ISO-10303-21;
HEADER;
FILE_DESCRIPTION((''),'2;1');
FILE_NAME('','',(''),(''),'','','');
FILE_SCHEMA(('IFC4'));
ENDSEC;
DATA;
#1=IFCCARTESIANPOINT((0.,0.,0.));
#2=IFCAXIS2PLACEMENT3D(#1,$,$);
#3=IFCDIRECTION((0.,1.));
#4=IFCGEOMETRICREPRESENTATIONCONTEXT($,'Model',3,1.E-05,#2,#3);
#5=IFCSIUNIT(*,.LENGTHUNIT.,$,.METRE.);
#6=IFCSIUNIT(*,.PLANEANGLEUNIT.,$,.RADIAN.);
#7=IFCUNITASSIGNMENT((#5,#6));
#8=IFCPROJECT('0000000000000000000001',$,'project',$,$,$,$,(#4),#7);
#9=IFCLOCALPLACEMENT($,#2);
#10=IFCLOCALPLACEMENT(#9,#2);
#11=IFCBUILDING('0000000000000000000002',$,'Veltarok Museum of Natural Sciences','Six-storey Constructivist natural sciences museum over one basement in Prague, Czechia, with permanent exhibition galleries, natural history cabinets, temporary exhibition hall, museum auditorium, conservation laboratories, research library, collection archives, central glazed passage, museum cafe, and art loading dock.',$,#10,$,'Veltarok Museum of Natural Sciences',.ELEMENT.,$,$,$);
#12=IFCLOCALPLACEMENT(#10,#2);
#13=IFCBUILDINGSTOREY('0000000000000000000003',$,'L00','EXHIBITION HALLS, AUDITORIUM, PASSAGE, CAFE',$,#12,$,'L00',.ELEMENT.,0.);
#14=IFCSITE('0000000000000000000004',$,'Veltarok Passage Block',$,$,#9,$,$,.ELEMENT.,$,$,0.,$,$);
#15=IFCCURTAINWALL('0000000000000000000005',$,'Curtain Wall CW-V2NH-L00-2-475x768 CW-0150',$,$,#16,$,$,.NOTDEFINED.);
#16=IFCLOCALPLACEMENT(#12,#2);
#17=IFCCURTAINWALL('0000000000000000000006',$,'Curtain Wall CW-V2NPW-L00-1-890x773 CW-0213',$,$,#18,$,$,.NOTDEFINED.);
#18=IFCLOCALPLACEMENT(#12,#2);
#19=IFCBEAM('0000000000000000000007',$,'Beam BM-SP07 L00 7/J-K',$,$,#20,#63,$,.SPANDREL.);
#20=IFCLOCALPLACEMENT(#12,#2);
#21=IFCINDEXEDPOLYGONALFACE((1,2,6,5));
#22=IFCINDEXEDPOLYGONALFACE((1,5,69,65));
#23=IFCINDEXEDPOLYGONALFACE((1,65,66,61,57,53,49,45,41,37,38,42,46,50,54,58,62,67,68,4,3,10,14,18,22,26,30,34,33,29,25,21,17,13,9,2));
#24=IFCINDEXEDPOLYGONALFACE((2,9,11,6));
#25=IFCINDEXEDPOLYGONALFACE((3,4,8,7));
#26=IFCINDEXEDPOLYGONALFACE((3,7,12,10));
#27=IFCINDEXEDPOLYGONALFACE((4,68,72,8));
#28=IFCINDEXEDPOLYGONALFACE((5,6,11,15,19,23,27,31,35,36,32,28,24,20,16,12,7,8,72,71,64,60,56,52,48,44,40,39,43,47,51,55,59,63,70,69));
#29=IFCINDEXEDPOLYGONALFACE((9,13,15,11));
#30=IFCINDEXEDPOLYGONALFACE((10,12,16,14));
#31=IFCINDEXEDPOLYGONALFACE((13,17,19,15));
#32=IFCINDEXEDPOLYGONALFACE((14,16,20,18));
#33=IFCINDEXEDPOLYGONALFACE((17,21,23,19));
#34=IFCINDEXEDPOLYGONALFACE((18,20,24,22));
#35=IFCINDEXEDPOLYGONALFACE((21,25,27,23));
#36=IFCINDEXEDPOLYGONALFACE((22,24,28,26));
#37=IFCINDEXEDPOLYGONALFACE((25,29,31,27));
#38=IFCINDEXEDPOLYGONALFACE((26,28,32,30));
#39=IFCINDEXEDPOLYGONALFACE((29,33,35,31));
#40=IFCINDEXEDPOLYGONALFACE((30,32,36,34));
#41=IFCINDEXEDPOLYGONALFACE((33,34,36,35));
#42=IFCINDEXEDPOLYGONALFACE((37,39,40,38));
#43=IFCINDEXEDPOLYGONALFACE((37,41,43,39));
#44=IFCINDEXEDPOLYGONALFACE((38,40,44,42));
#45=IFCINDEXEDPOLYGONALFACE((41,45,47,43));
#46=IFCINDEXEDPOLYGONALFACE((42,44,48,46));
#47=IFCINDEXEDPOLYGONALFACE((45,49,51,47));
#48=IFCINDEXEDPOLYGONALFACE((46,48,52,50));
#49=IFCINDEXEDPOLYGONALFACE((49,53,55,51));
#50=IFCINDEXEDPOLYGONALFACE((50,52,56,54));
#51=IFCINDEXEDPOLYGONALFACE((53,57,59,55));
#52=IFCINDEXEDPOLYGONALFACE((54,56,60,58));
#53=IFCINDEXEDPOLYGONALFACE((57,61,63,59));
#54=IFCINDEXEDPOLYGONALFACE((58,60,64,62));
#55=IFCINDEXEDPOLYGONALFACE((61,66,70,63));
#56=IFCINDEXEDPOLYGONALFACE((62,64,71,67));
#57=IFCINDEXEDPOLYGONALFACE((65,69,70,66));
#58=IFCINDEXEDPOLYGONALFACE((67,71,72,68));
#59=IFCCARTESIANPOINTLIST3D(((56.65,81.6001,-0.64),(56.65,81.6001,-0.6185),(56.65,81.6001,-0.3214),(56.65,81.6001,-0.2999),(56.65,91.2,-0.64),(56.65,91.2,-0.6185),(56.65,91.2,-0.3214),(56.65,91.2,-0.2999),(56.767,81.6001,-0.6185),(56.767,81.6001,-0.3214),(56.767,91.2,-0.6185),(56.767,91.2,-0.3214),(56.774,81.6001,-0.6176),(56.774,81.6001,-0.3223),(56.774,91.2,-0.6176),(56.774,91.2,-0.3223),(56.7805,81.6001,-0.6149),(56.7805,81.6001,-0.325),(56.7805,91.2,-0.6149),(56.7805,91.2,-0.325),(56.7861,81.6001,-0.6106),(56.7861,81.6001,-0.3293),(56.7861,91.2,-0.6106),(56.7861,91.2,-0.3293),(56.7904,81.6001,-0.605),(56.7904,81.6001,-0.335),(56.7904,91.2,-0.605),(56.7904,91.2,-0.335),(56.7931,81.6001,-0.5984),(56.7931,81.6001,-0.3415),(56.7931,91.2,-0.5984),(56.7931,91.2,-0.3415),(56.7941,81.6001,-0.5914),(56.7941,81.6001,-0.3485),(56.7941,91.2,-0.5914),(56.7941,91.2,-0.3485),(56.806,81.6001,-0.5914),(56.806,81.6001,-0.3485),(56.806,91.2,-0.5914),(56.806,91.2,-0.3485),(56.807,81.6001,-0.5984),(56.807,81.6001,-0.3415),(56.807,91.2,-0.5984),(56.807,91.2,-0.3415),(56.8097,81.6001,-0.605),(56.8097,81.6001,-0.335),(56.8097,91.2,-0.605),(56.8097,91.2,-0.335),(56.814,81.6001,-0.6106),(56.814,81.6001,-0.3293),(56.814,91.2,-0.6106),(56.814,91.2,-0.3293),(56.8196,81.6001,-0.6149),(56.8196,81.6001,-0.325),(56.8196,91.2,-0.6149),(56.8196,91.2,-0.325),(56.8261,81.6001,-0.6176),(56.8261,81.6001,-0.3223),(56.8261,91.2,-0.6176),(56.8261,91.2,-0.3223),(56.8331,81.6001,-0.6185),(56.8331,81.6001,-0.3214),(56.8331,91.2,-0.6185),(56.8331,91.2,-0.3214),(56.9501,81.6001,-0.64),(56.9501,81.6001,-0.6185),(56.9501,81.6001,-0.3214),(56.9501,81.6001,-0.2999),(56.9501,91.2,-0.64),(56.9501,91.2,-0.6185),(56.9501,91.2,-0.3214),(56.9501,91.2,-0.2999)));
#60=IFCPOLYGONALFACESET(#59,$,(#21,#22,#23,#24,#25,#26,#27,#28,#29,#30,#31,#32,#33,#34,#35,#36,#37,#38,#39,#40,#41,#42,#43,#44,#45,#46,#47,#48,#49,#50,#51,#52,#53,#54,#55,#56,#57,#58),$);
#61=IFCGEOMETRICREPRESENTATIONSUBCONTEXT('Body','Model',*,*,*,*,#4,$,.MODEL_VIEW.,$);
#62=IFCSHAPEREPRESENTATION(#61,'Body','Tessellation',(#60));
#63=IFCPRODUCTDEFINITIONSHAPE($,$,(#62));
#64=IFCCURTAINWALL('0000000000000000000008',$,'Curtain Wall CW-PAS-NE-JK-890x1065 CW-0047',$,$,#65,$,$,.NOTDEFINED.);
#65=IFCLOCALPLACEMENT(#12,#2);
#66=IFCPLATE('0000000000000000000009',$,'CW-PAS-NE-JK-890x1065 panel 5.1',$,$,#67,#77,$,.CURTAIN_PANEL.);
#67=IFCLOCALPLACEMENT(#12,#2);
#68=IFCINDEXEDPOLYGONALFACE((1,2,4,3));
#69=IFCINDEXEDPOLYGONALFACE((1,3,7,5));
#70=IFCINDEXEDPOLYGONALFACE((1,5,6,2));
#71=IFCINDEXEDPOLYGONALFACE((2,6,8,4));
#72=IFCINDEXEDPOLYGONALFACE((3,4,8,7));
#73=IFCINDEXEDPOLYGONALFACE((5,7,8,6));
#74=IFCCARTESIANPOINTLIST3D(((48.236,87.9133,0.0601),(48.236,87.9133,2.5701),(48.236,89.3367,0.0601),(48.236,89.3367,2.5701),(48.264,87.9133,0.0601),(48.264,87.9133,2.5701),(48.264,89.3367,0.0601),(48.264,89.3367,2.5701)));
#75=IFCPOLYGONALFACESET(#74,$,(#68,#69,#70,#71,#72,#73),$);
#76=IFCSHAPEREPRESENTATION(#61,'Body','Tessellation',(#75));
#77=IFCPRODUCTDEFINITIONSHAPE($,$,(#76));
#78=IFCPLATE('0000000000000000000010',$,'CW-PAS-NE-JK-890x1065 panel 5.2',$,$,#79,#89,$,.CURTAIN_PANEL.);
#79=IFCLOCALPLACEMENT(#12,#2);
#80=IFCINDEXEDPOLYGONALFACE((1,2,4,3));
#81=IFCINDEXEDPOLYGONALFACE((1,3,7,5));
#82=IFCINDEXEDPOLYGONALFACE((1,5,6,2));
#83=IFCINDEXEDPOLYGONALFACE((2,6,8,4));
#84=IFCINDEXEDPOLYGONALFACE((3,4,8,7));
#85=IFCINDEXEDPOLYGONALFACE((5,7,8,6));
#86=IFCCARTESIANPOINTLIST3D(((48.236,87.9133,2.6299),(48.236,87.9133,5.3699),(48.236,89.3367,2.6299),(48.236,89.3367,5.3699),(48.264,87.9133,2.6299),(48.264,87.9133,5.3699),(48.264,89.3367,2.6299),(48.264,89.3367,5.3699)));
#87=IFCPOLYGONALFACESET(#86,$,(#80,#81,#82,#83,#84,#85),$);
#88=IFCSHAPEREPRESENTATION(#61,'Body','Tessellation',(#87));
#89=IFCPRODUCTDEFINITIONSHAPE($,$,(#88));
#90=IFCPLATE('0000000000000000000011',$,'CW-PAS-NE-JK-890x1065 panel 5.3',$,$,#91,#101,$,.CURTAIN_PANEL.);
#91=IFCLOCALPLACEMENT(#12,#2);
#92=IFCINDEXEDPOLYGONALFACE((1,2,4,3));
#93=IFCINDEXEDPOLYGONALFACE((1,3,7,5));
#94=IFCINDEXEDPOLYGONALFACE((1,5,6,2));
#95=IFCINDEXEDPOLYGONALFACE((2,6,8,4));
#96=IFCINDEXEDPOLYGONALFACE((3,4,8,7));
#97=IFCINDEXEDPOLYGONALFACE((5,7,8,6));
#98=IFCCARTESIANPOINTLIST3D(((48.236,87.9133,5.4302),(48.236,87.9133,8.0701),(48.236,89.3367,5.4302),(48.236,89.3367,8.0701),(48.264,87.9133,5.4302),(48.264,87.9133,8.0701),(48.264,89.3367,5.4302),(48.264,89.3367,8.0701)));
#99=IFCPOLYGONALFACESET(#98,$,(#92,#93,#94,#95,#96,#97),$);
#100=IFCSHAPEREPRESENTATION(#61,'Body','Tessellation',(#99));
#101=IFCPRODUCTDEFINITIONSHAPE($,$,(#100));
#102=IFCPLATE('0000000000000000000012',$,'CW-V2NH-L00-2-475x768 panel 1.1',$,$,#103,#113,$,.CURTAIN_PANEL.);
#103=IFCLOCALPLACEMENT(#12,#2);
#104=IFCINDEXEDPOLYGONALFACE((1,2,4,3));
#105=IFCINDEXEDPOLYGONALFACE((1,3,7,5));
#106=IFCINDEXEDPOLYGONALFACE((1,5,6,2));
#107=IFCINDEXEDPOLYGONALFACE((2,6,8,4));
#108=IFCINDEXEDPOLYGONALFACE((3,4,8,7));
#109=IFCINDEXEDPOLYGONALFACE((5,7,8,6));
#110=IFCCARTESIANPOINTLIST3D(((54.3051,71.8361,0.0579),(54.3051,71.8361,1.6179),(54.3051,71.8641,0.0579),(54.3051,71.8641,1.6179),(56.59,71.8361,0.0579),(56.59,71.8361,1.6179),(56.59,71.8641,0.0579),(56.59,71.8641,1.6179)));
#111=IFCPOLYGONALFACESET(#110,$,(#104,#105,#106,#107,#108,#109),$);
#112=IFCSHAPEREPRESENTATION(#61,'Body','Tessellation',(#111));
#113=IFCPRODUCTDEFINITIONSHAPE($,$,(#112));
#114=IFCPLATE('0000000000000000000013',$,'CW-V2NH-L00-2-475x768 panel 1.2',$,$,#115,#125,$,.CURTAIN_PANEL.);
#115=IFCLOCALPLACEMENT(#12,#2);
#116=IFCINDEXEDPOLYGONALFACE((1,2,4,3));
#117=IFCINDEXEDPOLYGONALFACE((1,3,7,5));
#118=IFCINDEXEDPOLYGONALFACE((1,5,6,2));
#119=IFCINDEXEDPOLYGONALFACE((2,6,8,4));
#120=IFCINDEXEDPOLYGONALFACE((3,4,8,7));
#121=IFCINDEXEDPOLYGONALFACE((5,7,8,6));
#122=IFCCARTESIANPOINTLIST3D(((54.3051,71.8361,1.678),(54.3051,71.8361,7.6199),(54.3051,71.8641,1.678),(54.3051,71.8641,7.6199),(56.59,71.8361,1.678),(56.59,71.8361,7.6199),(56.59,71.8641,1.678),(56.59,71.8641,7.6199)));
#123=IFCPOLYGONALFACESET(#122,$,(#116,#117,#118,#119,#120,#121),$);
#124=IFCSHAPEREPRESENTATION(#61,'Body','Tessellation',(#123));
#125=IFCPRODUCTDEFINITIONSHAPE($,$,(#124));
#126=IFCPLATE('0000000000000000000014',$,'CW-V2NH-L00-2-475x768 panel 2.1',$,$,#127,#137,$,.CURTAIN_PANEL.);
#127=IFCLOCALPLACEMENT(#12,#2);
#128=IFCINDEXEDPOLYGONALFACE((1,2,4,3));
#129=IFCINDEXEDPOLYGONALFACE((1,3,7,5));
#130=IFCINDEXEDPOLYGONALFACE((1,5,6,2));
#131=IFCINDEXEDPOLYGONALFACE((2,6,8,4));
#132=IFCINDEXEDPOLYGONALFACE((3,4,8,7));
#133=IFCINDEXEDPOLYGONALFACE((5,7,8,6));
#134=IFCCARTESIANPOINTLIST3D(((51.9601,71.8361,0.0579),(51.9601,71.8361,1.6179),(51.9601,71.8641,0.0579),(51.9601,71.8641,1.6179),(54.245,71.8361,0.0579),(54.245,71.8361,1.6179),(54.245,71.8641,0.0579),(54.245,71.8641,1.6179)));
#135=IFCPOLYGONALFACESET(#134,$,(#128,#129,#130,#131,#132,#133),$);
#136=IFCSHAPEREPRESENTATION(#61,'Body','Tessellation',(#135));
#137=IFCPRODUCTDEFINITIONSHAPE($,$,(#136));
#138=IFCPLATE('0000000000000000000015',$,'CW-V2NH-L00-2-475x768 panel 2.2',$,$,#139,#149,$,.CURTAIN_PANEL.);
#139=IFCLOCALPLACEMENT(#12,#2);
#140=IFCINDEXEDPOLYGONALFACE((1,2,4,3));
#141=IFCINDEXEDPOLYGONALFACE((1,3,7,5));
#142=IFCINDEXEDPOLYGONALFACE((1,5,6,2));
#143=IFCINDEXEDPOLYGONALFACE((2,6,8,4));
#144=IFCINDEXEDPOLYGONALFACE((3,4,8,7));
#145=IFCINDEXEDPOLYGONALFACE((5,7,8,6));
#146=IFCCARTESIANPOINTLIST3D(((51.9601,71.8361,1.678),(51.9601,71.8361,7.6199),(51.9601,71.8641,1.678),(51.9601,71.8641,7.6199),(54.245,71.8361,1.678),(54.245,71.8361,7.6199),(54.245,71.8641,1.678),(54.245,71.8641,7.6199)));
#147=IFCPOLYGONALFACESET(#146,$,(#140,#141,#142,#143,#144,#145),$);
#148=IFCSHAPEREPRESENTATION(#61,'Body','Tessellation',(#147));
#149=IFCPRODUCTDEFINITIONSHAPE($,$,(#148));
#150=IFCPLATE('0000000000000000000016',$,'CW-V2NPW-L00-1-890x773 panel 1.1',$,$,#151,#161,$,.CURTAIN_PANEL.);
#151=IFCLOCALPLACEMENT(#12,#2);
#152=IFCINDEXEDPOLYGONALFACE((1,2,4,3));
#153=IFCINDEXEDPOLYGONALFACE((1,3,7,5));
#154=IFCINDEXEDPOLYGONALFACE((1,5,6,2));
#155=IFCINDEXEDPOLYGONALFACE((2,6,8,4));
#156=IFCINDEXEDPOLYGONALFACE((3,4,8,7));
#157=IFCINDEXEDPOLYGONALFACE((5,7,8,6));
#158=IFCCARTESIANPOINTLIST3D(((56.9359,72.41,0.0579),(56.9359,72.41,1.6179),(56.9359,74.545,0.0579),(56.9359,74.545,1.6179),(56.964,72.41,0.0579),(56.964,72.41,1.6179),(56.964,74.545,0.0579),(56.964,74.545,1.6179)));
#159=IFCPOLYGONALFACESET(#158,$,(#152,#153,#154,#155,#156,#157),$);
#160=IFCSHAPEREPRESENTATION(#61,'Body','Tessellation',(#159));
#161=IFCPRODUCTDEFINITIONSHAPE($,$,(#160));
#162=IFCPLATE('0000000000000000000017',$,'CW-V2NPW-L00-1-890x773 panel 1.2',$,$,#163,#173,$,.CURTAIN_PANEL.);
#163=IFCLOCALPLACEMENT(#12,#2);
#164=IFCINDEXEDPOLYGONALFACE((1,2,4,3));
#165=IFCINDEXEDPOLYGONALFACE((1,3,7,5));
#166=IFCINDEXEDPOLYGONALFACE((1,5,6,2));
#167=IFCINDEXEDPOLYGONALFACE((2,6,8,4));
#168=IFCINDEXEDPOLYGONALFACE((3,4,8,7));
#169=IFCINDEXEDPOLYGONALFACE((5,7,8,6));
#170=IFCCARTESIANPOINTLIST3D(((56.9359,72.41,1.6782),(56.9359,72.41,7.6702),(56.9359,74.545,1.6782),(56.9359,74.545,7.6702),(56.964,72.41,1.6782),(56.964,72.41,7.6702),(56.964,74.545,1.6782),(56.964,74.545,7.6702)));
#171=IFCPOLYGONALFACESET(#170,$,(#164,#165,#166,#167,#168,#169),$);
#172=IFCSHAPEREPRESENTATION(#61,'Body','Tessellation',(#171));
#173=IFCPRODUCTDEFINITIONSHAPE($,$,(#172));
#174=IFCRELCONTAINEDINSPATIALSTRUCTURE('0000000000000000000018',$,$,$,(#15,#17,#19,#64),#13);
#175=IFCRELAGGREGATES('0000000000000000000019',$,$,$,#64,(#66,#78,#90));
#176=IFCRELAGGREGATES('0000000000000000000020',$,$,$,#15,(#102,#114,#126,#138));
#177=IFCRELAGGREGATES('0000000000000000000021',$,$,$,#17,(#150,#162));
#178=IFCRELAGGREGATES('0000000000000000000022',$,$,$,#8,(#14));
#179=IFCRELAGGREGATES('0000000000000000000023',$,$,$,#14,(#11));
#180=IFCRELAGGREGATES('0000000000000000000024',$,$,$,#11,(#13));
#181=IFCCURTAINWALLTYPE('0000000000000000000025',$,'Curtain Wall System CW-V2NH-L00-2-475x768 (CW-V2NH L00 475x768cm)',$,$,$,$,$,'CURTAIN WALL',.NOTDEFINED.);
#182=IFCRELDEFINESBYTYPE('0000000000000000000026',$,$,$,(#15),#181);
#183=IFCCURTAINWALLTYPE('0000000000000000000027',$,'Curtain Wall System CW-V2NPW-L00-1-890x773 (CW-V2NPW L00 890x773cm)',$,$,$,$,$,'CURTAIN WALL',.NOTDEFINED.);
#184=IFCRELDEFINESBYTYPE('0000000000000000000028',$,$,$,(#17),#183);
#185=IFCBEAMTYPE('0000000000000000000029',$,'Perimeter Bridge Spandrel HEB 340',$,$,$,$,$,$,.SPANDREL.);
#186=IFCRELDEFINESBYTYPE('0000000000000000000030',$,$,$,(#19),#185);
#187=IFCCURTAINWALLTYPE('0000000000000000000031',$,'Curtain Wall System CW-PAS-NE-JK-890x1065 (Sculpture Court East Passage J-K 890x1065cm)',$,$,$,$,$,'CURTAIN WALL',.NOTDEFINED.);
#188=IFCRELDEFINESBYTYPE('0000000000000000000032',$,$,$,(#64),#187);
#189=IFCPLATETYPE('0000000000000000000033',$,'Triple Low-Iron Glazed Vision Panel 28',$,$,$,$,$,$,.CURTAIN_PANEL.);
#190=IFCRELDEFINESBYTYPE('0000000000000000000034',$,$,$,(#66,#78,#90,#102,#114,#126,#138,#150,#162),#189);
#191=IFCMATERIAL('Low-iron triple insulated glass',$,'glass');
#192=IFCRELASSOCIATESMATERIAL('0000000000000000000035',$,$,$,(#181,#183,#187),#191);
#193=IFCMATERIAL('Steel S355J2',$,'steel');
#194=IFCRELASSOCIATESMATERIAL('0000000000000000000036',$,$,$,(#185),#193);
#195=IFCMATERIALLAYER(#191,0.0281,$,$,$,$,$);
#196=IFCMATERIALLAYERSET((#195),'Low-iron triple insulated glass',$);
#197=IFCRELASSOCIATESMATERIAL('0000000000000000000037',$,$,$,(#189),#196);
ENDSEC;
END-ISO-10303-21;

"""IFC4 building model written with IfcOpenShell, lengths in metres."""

from ifc_helpers import new_model, si_unit, direction, frame, origin, origin_2d, place, context, subcontext, project, spatial, rectangle, i_section, extrude, material, layer, layer_set, material_profile, profile_set, type_object, element, aggregate, save


model = new_model("IFC4")

# Units and contexts
model_context = context("Model", 3, precision=1e-05, world=origin(), true_north=direction((0.0, 1.0)))
body_context = subcontext(model_context, "Body", "Model", "MODEL_VIEW")
ifc_project = project(units=[si_unit("LENGTHUNIT", "METRE"), si_unit("PLANEANGLEUNIT", "RADIAN")], contexts=[model_context])

# Site, building, storey
site_placement = place(None, origin())
site = spatial("IfcSite", under=ifc_project, at=site_placement, Name="Veltarok Passage Block", CompositionType="ELEMENT", RefElevation=0.0)
building_placement = place(site_placement, origin())
building = spatial("IfcBuilding", under=site, at=building_placement, Name="Veltarok Museum of Natural Sciences", Description="Six-storey Constructivist natural sciences museum over one basement in Prague, Czechia, with permanent exhibition galleries, natural history cabinets, temporary exhibition hall, museum auditorium, conservation laboratories, research library, collection archives, central glazed passage, museum cafe, and art loading dock.", LongName="Veltarok Museum of Natural Sciences", CompositionType="ELEMENT")
storey_placement = place(building_placement, origin())
storey = spatial("IfcBuildingStorey", under=building, at=storey_placement, Name="L00", Description="EXHIBITION HALLS, AUDITORIUM, PASSAGE, CAFE", LongName="L00", CompositionType="ELEMENT", Elevation=0.0)

# Shared definitions
ifc_material_1 = material(Name="Steel S355J2", Category="steel")

# Curtain walls
ifc_material_2 = material(Name="Low-iron triple insulated glass", Category="glass")
curtain_wall_type_1 = type_object("IfcCurtainWallType", Name="Curtain Wall System CW-V2NH-L00-2-475x768 (CW-V2NH L00 475x768cm)", ElementType="CURTAIN WALL", PredefinedType="NOTDEFINED", material=ifc_material_2)
curtain_wall_1_placement = place(storey_placement, origin())
curtain_wall_1 = element("IfcCurtainWall", 1, at=curtain_wall_1_placement, inside=storey, type_object=curtain_wall_type_1, Name="Curtain Wall CW-V2NH-L00-2-475x768 CW-0150", PredefinedType="NOTDEFINED")
curtain_wall_type_2 = type_object("IfcCurtainWallType", Name="Curtain Wall System CW-V2NPW-L00-1-890x773 (CW-V2NPW L00 890x773cm)", ElementType="CURTAIN WALL", PredefinedType="NOTDEFINED", material=ifc_material_2)
curtain_wall_2_placement = place(storey_placement, origin())
curtain_wall_2 = element("IfcCurtainWall", 2, at=curtain_wall_2_placement, inside=storey, type_object=curtain_wall_type_2, Name="Curtain Wall CW-V2NPW-L00-1-890x773 CW-0213", PredefinedType="NOTDEFINED")

# Beam
ifc_material_profile_1 = material_profile(ifc_material_1, i_section(OverallWidth=0.3, OverallDepth=0.3401, WebThickness=0.012, FlangeThickness=0.0215, FilletRadius=0.0271, at=origin_2d()), Name="HEB 340")
ifc_profile_set_1 = profile_set([ifc_material_profile_1], Name="Steel S355J2")
beam_type = type_object("IfcBeamType", Name="Perimeter Bridge Spandrel HEB 340", PredefinedType="SPANDREL", material=ifc_profile_set_1)
beam_1_placement = place(storey_placement, frame((56.8, 81.6001, -0.47), z_axis=(0.0, 1.0, 0.0), x_axis=(-1.0, 0.0, 0.0)))
element("IfcBeam", 3, at=beam_1_placement, inside=storey, type_object=beam_type, Name="Beam BM-SP07 L00 7/J-K", PredefinedType="SPANDREL", context=body_context, shape_type="SweptSolid", body=[
    extrude(i_section(OverallWidth=0.3, OverallDepth=0.3401, WebThickness=0.012, FlangeThickness=0.0215, FilletRadius=0.0271, at=origin_2d()), origin(), (0.0, 0.0, 1.0), 9.5999),
])

# Curtain wall, plates
curtain_wall_type_3 = type_object("IfcCurtainWallType", Name="Curtain Wall System CW-PAS-NE-JK-890x1065 (Sculpture Court East Passage J-K 890x1065cm)", ElementType="CURTAIN WALL", PredefinedType="NOTDEFINED", material=ifc_material_2)
curtain_wall_3_placement = place(storey_placement, origin())
curtain_wall_3 = element("IfcCurtainWall", 4, at=curtain_wall_3_placement, inside=storey, type_object=curtain_wall_type_3, Name="Curtain Wall CW-PAS-NE-JK-890x1065 CW-0047", PredefinedType="NOTDEFINED")
ifc_layer = layer(ifc_material_2, 0.0281)
ifc_layer_set = layer_set([ifc_layer], Name="Low-iron triple insulated glass")
plate_type = type_object("IfcPlateType", Name="Triple Low-Iron Glazed Vision Panel 28", PredefinedType="CURTAIN_PANEL", material=ifc_layer_set)
plate_1_placement = place(storey_placement, frame((48.25, 88.625, 0.0601), z_axis=(0.0, 0.0, 1.0), x_axis=(0.0, 1.0, 0.0)))
plate_1 = element("IfcPlate", 5, at=plate_1_placement, type_object=plate_type, Name="CW-PAS-NE-JK-890x1065 panel 5.1", PredefinedType="CURTAIN_PANEL", context=body_context, shape_type="SweptSolid", body=[
    extrude(rectangle(XDim=1.4233, YDim=0.0281, at=origin_2d()), origin(), (0.0, 0.0, 1.0), 2.51),
])
plate_2_placement = place(storey_placement, frame((48.25, 88.625, 2.6299), z_axis=(0.0, 0.0, 1.0), x_axis=(0.0, 1.0, 0.0)))
plate_2 = element("IfcPlate", 6, at=plate_2_placement, type_object=plate_type, Name="CW-PAS-NE-JK-890x1065 panel 5.2", PredefinedType="CURTAIN_PANEL", context=body_context, shape_type="SweptSolid", body=[
    extrude(rectangle(XDim=1.4233, YDim=0.0281, at=origin_2d()), origin(), (0.0, 0.0, 1.0), 2.74),
])
plate_3_placement = place(storey_placement, frame((48.25, 88.625, 5.4302), z_axis=(0.0, 0.0, 1.0), x_axis=(0.0, 1.0, 0.0)))
plate_3 = element("IfcPlate", 7, at=plate_3_placement, type_object=plate_type, Name="CW-PAS-NE-JK-890x1065 panel 5.3", PredefinedType="CURTAIN_PANEL", context=body_context, shape_type="SweptSolid", body=[
    extrude(rectangle(XDim=1.4233, YDim=0.0281, at=origin_2d()), origin(), (0.0, 0.0, 1.0), 2.6399),
])
aggregate(curtain_wall_3, [plate_1, plate_2, plate_3])

# Plates
plate_4_placement = place(storey_placement, frame((55.4475, 71.8501, 0.0579), z_axis=(0.0, 0.0, 1.0), x_axis=(-1.0, 0.0, 0.0)))
plate_4 = element("IfcPlate", 8, at=plate_4_placement, type_object=plate_type, Name="CW-V2NH-L00-2-475x768 panel 1.1", PredefinedType="CURTAIN_PANEL", context=body_context, shape_type="SweptSolid", body=[
    extrude(rectangle(XDim=2.2849, YDim=0.0281, at=origin_2d()), origin(), (0.0, 0.0, 1.0), 1.5601),
])
plate_5_placement = place(storey_placement, frame((55.4475, 71.8501, 1.678), z_axis=(0.0, 0.0, 1.0), x_axis=(-1.0, 0.0, 0.0)))
plate_5 = element("IfcPlate", 9, at=plate_5_placement, type_object=plate_type, Name="CW-V2NH-L00-2-475x768 panel 1.2", PredefinedType="CURTAIN_PANEL", context=body_context, shape_type="SweptSolid", body=[
    extrude(rectangle(XDim=2.2849, YDim=0.0281, at=origin_2d()), origin(), (0.0, 0.0, 1.0), 5.9419),
])
plate_6_placement = place(storey_placement, frame((53.1025, 71.8501, 0.0579), z_axis=(0.0, 0.0, 1.0), x_axis=(-1.0, 0.0, 0.0)))
plate_6 = element("IfcPlate", 10, at=plate_6_placement, type_object=plate_type, Name="CW-V2NH-L00-2-475x768 panel 2.1", PredefinedType="CURTAIN_PANEL", context=body_context, shape_type="SweptSolid", body=[
    extrude(rectangle(XDim=2.2849, YDim=0.0281, at=origin_2d()), origin(), (0.0, 0.0, 1.0), 1.5601),
])
plate_7_placement = place(storey_placement, frame((53.1025, 71.8501, 1.678), z_axis=(0.0, 0.0, 1.0), x_axis=(-1.0, 0.0, 0.0)))
plate_7 = element("IfcPlate", 11, at=plate_7_placement, type_object=plate_type, Name="CW-V2NH-L00-2-475x768 panel 2.2", PredefinedType="CURTAIN_PANEL", context=body_context, shape_type="SweptSolid", body=[
    extrude(rectangle(XDim=2.2849, YDim=0.0281, at=origin_2d()), origin(), (0.0, 0.0, 1.0), 5.9419),
])
aggregate(curtain_wall_1, [plate_4, plate_5, plate_6, plate_7])
plate_8_placement = place(storey_placement, frame((56.95, 73.4775, 0.0579), z_axis=(0.0, 0.0, 1.0), x_axis=(0.0, 1.0, 0.0)))
plate_8 = element("IfcPlate", 12, at=plate_8_placement, type_object=plate_type, Name="CW-V2NPW-L00-1-890x773 panel 1.1", PredefinedType="CURTAIN_PANEL", context=body_context, shape_type="SweptSolid", body=[
    extrude(rectangle(XDim=2.135, YDim=0.0281, at=origin_2d()), origin(), (0.0, 0.0, 1.0), 1.5601),
])
plate_9_placement = place(storey_placement, frame((56.95, 73.4775, 1.6782), z_axis=(0.0, 0.0, 1.0), x_axis=(0.0, 1.0, 0.0)))
plate_9 = element("IfcPlate", 13, at=plate_9_placement, type_object=plate_type, Name="CW-V2NPW-L00-1-890x773 panel 1.2", PredefinedType="CURTAIN_PANEL", context=body_context, shape_type="SweptSolid", body=[
    extrude(rectangle(XDim=2.135, YDim=0.0281, at=origin_2d()), origin(), (0.0, 0.0, 1.0), 5.9919),
])
aggregate(curtain_wall_2, [plate_8, plate_9])

save(model, "model.ifc")
